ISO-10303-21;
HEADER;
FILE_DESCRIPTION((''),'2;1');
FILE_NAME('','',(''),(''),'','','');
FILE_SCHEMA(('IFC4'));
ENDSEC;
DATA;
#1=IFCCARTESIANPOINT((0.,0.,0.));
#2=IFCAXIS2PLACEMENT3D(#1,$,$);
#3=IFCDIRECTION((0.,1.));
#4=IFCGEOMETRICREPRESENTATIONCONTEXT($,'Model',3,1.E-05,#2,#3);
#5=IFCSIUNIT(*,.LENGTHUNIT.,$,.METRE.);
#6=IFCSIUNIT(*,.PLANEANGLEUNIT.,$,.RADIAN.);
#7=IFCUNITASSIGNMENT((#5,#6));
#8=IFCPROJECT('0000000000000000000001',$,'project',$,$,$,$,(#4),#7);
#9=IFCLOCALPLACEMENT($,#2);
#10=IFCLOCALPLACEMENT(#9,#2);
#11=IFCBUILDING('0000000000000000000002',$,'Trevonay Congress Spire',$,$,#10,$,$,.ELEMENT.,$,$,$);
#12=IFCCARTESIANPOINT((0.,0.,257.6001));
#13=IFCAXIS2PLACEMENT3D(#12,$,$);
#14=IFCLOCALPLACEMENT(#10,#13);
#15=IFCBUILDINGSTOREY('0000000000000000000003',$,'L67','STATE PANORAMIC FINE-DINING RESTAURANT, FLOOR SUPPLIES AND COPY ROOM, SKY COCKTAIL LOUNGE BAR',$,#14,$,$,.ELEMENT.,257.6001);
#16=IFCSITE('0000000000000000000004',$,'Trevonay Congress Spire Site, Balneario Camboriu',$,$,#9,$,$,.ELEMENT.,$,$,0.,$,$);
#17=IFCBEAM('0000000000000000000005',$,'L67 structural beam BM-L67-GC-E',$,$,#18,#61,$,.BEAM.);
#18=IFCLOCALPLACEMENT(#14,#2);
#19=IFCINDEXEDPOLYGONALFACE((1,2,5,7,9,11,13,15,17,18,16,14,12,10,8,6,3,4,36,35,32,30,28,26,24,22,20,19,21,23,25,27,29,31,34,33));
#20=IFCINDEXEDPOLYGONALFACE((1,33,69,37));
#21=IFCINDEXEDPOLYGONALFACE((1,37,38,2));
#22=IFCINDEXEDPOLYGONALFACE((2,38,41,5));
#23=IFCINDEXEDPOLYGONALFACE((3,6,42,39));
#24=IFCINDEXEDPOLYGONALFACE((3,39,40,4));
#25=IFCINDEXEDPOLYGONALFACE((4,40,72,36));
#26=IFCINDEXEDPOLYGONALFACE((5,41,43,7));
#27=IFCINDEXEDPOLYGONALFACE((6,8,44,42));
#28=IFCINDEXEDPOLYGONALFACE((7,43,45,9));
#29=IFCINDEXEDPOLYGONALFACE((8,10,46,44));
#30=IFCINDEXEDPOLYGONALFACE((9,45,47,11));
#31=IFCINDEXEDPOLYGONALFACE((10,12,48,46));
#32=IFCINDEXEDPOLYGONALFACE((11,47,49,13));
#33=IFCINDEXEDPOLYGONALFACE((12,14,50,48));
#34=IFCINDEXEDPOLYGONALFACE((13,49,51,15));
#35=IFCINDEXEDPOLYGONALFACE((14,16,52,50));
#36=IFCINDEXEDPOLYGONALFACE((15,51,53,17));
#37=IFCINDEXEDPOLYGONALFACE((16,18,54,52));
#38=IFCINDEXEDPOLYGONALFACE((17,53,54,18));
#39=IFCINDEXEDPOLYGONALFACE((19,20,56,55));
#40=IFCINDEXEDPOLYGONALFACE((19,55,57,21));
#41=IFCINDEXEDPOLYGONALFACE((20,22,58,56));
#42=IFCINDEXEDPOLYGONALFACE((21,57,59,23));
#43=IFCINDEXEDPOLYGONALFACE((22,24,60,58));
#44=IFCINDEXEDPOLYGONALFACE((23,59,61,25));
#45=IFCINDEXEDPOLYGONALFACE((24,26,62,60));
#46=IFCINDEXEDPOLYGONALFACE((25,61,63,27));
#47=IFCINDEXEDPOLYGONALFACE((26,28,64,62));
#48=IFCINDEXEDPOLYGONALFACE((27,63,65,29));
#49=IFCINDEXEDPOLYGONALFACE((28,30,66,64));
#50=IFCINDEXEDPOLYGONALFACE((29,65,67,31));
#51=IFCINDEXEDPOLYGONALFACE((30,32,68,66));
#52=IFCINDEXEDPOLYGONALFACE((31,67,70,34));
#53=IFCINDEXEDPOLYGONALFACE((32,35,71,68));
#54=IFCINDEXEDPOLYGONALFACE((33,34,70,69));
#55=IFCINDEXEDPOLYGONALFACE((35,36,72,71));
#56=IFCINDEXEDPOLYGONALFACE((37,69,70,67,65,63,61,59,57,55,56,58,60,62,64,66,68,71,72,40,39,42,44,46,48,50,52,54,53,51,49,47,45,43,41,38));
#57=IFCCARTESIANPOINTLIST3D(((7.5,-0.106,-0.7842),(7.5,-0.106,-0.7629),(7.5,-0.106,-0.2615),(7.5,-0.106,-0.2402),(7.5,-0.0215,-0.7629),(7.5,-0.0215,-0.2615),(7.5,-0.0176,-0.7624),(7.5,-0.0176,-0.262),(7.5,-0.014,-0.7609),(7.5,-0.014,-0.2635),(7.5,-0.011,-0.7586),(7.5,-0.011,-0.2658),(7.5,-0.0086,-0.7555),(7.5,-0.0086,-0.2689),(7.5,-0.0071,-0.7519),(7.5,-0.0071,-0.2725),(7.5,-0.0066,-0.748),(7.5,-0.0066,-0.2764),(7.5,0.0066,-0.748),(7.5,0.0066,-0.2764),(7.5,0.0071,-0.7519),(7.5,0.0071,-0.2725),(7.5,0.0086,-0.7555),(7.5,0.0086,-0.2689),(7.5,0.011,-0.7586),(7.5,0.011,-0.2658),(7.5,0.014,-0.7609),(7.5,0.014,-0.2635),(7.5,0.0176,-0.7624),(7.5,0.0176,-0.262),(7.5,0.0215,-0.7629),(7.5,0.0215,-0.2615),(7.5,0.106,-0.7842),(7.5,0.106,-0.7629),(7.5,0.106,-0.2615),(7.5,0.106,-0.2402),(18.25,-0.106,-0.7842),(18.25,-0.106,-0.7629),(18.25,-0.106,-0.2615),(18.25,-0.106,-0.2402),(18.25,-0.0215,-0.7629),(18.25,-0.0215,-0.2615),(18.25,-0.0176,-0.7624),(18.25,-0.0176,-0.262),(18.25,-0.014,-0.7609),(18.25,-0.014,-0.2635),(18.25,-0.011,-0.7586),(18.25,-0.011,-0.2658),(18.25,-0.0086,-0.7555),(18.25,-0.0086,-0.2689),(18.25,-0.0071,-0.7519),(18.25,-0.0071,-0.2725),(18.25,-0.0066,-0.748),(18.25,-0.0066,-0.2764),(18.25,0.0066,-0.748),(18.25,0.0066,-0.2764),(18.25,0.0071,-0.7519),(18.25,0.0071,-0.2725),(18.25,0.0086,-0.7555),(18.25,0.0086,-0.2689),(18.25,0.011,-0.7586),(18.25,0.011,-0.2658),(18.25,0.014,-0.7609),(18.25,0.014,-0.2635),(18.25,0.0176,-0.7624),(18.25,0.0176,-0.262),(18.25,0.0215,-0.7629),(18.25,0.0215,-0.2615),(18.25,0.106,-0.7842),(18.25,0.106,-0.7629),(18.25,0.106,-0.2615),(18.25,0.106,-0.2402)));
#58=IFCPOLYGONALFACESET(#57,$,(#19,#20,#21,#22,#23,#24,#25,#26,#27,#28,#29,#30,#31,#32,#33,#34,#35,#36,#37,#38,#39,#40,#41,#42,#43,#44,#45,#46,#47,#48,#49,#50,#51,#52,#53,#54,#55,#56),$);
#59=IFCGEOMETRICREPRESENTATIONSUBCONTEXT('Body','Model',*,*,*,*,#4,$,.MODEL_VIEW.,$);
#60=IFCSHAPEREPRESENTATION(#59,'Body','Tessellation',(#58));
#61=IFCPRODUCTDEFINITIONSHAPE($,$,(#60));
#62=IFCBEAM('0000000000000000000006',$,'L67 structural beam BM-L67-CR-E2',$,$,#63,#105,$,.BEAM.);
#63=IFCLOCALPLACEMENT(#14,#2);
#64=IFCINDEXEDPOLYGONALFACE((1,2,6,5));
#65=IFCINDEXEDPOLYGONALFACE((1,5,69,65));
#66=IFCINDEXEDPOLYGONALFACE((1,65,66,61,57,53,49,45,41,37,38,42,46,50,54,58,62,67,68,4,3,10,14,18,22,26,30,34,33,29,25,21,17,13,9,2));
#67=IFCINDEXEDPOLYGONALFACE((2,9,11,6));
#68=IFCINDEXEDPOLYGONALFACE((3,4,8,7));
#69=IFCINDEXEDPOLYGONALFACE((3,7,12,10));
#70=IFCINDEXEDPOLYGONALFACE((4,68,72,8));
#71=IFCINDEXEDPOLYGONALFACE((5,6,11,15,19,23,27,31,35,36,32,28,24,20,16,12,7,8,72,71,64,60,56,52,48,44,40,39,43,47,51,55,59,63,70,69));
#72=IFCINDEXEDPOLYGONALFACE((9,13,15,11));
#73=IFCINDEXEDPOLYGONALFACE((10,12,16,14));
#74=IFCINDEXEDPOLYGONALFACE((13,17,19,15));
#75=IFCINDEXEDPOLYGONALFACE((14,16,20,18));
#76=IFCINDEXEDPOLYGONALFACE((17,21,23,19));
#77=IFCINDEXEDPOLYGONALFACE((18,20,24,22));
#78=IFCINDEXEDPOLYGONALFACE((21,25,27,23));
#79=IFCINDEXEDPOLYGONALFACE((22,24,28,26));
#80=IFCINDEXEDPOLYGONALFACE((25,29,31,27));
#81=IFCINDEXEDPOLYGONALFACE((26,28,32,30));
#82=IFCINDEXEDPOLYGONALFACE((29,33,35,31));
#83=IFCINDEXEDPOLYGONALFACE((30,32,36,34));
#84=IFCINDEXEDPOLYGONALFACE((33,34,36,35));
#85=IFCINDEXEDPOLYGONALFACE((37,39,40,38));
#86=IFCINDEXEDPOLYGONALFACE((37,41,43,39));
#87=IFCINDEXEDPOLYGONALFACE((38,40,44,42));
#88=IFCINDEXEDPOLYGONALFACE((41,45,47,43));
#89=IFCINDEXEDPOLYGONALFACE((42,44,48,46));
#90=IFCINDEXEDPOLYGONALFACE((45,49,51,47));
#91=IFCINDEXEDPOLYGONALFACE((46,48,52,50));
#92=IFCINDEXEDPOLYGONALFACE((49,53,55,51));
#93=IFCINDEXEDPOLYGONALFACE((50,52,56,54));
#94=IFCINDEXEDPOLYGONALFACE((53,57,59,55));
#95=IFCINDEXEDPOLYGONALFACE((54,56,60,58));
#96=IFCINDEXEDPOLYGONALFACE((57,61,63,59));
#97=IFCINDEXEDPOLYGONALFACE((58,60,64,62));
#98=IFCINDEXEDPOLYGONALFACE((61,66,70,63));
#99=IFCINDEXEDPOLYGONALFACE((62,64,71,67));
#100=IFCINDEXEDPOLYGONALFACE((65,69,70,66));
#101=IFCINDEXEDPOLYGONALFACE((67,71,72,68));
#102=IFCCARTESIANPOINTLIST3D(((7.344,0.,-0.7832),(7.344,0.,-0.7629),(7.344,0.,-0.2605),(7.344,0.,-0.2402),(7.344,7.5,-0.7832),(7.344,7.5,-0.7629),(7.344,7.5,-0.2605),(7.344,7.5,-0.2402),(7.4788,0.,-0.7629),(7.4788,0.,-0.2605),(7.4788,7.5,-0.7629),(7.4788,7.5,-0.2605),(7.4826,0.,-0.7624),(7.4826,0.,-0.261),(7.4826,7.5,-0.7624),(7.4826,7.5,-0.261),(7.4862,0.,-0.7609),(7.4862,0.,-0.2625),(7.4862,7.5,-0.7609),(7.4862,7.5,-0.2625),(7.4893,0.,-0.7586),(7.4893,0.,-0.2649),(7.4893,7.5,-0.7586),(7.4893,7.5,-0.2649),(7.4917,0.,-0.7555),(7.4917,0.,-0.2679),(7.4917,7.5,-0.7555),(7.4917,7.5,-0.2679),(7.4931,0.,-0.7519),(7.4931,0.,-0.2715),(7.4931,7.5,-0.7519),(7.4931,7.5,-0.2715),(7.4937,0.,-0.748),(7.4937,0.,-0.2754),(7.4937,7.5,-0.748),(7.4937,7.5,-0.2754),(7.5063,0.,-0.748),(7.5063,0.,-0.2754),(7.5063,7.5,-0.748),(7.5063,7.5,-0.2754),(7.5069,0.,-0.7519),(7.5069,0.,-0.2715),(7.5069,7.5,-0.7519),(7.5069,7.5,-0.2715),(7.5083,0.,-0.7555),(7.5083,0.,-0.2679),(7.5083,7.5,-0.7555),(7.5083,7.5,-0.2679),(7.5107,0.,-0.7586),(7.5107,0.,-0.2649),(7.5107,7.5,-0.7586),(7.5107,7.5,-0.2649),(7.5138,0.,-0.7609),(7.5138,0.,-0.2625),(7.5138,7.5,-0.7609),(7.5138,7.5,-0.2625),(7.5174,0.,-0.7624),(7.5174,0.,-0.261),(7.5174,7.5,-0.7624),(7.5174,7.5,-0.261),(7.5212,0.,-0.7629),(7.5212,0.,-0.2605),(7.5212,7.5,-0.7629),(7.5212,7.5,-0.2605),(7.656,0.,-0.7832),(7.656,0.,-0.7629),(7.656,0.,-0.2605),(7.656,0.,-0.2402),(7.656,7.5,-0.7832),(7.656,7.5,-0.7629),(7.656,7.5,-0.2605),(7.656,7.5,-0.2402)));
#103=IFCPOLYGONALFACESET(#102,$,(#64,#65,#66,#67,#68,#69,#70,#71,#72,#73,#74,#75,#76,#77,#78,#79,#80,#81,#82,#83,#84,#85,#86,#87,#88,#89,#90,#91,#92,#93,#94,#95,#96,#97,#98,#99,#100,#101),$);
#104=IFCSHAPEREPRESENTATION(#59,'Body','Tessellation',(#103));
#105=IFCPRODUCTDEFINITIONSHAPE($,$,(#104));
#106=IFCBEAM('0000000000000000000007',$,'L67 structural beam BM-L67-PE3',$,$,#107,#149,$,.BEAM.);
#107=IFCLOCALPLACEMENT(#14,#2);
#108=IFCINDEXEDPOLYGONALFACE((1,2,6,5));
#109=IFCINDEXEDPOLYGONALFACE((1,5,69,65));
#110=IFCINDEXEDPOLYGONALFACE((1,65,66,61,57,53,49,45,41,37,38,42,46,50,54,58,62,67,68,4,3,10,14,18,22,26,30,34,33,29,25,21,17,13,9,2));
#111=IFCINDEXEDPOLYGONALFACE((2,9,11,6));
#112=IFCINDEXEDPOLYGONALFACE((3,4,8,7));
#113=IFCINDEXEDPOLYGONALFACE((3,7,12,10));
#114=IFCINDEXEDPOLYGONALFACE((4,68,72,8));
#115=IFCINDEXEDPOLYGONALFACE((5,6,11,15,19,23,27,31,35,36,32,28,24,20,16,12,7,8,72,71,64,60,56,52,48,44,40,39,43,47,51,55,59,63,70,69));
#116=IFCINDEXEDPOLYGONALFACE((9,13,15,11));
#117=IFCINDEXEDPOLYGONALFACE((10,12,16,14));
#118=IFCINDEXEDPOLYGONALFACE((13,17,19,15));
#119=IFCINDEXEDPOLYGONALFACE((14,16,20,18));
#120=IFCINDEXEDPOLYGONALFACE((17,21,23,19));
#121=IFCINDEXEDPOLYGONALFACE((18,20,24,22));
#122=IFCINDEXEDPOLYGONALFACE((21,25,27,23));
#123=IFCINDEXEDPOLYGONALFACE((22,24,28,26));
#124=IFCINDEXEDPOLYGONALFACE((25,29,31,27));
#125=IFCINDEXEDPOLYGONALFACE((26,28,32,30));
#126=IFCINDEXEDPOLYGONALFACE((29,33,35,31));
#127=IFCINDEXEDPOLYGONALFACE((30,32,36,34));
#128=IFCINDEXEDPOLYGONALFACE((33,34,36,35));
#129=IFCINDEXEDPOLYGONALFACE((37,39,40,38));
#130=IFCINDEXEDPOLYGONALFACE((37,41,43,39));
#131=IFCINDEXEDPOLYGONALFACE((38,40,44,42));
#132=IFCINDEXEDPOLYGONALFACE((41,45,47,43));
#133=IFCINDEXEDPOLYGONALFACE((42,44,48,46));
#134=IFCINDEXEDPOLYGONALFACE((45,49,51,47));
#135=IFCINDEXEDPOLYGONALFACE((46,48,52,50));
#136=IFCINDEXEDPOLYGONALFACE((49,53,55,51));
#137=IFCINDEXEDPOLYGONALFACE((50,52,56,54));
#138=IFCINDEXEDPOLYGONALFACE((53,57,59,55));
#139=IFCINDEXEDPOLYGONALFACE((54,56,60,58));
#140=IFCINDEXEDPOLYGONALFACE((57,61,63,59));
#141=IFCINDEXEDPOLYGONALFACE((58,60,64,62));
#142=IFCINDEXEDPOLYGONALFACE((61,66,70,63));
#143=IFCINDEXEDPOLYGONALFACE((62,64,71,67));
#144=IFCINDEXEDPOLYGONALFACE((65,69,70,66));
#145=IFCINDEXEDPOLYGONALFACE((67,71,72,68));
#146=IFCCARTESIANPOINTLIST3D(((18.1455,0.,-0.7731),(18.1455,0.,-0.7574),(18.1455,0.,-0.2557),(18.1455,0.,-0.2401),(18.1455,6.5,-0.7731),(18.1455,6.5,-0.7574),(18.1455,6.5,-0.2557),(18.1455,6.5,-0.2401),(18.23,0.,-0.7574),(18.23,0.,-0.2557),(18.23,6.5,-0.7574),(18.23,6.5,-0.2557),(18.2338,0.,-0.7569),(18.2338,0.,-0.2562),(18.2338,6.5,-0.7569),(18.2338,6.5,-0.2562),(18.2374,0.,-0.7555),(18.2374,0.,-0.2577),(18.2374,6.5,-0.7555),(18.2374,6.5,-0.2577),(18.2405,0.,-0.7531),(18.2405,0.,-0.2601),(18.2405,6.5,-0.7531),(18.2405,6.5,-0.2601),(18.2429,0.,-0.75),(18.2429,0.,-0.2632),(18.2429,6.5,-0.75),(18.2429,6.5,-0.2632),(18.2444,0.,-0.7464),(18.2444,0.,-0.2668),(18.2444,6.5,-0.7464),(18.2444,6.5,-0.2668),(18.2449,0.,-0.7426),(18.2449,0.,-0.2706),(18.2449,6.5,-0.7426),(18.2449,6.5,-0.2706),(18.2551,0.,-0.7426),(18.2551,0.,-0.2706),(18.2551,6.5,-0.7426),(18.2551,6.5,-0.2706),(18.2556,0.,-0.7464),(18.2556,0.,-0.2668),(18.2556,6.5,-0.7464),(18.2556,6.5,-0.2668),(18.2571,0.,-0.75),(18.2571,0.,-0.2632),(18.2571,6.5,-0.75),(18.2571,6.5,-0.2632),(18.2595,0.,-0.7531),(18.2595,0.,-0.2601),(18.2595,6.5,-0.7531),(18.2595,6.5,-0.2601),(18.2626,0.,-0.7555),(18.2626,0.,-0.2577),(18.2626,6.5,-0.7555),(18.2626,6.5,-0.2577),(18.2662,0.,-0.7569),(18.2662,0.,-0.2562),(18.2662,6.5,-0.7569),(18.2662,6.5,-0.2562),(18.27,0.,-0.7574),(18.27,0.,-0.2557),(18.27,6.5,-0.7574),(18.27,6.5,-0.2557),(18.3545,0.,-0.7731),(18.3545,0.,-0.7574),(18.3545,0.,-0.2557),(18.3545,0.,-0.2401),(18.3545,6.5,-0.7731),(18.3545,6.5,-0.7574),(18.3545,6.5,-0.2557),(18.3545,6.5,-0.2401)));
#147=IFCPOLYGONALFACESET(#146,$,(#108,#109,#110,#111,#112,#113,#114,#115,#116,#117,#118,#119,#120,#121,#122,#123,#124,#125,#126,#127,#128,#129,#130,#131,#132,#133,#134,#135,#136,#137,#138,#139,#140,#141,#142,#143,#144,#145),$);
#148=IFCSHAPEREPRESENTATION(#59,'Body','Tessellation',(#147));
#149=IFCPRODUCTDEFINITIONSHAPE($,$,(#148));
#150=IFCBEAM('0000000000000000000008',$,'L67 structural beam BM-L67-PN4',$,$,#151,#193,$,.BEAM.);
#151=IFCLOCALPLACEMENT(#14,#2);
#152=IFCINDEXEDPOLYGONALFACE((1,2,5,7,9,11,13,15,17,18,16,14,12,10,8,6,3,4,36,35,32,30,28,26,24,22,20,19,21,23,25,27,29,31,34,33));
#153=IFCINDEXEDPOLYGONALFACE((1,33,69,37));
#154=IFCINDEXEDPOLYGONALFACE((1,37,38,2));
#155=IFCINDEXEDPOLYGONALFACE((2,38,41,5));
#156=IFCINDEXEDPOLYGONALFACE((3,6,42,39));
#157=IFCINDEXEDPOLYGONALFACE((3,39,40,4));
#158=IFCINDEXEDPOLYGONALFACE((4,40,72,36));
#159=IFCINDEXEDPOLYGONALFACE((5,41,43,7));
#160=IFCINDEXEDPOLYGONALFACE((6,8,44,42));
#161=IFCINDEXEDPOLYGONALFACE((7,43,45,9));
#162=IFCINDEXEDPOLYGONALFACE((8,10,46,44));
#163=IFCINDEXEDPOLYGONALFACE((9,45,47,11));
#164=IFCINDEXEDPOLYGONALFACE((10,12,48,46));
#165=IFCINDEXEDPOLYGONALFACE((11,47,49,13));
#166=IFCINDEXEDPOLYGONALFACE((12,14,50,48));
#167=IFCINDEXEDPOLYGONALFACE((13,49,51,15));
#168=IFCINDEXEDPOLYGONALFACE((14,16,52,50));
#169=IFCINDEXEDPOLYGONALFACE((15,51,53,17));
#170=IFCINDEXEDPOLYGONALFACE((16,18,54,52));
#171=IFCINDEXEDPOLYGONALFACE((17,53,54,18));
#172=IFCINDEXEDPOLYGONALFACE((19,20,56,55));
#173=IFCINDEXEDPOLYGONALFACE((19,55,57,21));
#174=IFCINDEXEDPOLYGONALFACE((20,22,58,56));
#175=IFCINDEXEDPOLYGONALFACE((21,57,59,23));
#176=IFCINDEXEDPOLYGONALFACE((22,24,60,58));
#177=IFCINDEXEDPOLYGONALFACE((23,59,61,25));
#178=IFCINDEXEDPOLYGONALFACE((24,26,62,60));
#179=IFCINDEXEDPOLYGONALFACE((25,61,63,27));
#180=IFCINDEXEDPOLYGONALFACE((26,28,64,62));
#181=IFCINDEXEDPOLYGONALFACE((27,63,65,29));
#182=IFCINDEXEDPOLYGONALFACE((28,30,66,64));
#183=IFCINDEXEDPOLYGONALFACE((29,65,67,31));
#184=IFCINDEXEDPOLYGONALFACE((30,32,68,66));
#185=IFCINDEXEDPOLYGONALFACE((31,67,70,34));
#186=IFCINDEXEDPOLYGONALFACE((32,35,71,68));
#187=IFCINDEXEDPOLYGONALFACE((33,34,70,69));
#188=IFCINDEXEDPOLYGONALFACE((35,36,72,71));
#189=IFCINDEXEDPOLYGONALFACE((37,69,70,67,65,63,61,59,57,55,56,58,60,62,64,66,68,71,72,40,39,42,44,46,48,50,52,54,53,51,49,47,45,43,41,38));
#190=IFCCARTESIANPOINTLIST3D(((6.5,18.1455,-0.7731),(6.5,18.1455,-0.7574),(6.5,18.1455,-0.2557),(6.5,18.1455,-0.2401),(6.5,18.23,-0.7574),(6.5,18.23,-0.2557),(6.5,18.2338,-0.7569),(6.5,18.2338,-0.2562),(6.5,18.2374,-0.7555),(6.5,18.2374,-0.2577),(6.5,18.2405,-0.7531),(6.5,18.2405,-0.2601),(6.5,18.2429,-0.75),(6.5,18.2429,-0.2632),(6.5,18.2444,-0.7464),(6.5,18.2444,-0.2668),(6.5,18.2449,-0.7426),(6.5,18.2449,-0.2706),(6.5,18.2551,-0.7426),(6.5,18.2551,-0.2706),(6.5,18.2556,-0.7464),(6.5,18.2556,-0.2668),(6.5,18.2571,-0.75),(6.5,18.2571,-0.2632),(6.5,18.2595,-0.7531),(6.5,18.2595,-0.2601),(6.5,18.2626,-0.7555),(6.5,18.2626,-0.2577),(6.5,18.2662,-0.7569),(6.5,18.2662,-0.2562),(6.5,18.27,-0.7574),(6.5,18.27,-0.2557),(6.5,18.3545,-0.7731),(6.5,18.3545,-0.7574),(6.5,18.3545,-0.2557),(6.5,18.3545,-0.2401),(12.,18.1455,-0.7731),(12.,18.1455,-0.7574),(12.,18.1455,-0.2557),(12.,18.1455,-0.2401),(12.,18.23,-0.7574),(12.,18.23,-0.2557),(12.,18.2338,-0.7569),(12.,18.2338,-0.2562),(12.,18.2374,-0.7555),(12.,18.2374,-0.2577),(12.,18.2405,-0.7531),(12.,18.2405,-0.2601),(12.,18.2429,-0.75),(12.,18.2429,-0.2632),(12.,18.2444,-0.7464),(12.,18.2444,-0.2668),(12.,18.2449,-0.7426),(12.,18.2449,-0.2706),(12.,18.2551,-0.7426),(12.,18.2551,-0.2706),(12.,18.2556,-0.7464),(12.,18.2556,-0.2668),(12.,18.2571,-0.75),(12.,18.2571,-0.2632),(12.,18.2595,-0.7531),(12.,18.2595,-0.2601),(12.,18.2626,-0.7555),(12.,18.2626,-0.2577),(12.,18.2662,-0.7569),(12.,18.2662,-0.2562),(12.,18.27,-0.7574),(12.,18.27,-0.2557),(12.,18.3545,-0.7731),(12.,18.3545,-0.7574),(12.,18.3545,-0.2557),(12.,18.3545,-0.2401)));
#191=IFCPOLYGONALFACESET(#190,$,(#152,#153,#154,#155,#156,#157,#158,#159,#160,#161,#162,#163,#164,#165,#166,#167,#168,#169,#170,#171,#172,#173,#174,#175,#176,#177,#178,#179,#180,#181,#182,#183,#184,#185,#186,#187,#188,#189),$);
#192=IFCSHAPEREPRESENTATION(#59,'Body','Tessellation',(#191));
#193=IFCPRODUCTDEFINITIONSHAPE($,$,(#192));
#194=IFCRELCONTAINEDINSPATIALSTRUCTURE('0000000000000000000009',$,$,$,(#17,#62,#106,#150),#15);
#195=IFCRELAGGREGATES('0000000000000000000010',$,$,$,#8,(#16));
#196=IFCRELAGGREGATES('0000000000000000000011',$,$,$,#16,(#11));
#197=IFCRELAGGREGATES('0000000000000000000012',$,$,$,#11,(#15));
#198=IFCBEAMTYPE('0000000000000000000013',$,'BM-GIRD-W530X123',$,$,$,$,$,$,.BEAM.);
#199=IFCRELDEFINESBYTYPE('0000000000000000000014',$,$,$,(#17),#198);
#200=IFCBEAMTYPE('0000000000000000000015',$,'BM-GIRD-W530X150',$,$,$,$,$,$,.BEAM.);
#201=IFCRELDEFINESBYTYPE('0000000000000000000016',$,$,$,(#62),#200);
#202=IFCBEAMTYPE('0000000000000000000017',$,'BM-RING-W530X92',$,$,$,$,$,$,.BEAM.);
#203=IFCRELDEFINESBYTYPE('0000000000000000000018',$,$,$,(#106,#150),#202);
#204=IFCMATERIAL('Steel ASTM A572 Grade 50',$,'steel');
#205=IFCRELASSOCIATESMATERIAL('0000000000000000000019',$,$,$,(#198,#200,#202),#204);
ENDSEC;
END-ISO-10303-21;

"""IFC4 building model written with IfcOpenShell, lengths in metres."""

from ifc_helpers import new_model, si_unit, direction, frame, origin, origin_2d, place, context, subcontext, project, spatial, i_section, extrude, material, material_profile, profile_set, type_object, element, save


model = new_model("IFC4")

# Units and contexts
model_context = context("Model", 3, precision=1e-05, world=origin(), true_north=direction((0.0, 1.0)))
body_context = subcontext(model_context, "Body", "Model", "MODEL_VIEW")
ifc_project = project(units=[si_unit("LENGTHUNIT", "METRE"), si_unit("PLANEANGLEUNIT", "RADIAN")], contexts=[model_context])

# Site, building, storey
site_placement = place(None, origin())
site = spatial("IfcSite", under=ifc_project, at=site_placement, Name="Trevonay Congress Spire Site, Balneario Camboriu", CompositionType="ELEMENT", RefElevation=0.0)
building_placement = place(site_placement, origin())
building = spatial("IfcBuilding", under=site, at=building_placement, Name="Trevonay Congress Spire", CompositionType="ELEMENT")
storey_placement = place(building_placement, frame((0.0, 0.0, 257.6001)))
storey = spatial("IfcBuildingStorey", under=building, at=storey_placement, Name="L67", Description="STATE PANORAMIC FINE-DINING RESTAURANT, FLOOR SUPPLIES AND COPY ROOM, SKY COCKTAIL LOUNGE BAR", CompositionType="ELEMENT", Elevation=257.6001)

# Shared definitions
ifc_material_1 = material(Name="Steel ASTM A572 Grade 50", Category="steel")

# Beams
ifc_material_profile_1 = material_profile(ifc_material_1, i_section(OverallWidth=0.2119, OverallDepth=0.5439, WebThickness=0.0132, FlangeThickness=0.0212, FilletRadius=0.0149, at=origin_2d()), Name="W530x123")
ifc_profile_set_1 = profile_set([ifc_material_profile_1], Name="Steel ASTM A572 Grade 50")
beam_type_1 = type_object("IfcBeamType", Name="BM-GIRD-W530X123", PredefinedType="BEAM", material=ifc_profile_set_1)
beam_1_placement = place(storey_placement, frame((7.5, 0.0, -0.5122), z_axis=(1.0, 0.0, 0.0), x_axis=(0.0, 1.0, 0.0)))
element("IfcBeam", 1, at=beam_1_placement, inside=storey, type_object=beam_type_1, Name="L67 structural beam BM-L67-GC-E", PredefinedType="BEAM", context=body_context, shape_type="SweptSolid", body=[
    extrude(i_section(OverallWidth=0.2119, OverallDepth=0.5439, WebThickness=0.0132, FlangeThickness=0.0212, FilletRadius=0.0149, at=origin_2d()), origin(), (0.0, 0.0, 1.0), 10.75),
])
ifc_material_profile_2 = material_profile(ifc_material_1, i_section(OverallWidth=0.312, OverallDepth=0.543, WebThickness=0.0127, FlangeThickness=0.0203, FilletRadius=0.0149, at=origin_2d()), Name="W530x150")
ifc_profile_set_2 = profile_set([ifc_material_profile_2], Name="Steel ASTM A572 Grade 50")
beam_type_2 = type_object("IfcBeamType", Name="BM-GIRD-W530X150", PredefinedType="BEAM", material=ifc_profile_set_2)
beam_2_placement = place(storey_placement, frame((7.5, 0.0, -0.5117), z_axis=(0.0, 1.0, 0.0), x_axis=(-1.0, 0.0, 0.0)))
element("IfcBeam", 2, at=beam_2_placement, inside=storey, type_object=beam_type_2, Name="L67 structural beam BM-L67-CR-E2", PredefinedType="BEAM", context=body_context, shape_type="SweptSolid", body=[
    extrude(i_section(OverallWidth=0.312, OverallDepth=0.543, WebThickness=0.0127, FlangeThickness=0.0203, FilletRadius=0.0149, at=origin_2d()), origin(), (0.0, 0.0, 1.0), 7.5),
])
ifc_material_profile_3 = material_profile(ifc_material_1, i_section(OverallWidth=0.209, OverallDepth=0.533, WebThickness=0.0103, FlangeThickness=0.0156, FilletRadius=0.0149, at=origin_2d()), Name="W530x92")
ifc_profile_set_3 = profile_set([ifc_material_profile_3], Name="Steel ASTM A572 Grade 50")
beam_type_3 = type_object("IfcBeamType", Name="BM-RING-W530X92", PredefinedType="BEAM", material=ifc_profile_set_3)
beam_3_placement = place(storey_placement, frame((18.25, 0.0, -0.5066), z_axis=(0.0, 1.0, 0.0), x_axis=(-1.0, 0.0, 0.0)))
element("IfcBeam", 3, at=beam_3_placement, inside=storey, type_object=beam_type_3, Name="L67 structural beam BM-L67-PE3", PredefinedType="BEAM", context=body_context, shape_type="SweptSolid", body=[
    extrude(i_section(OverallWidth=0.209, OverallDepth=0.533, WebThickness=0.0103, FlangeThickness=0.0156, FilletRadius=0.0149, at=origin_2d()), origin(), (0.0, 0.0, 1.0), 6.5),
])
for number, where, z_axis, x_axis, name in (
    (4, (6.5, 18.25, -0.5066), (1.0, 0.0, 0.0), (0.0, 1.0, 0.0), "L67 structural beam BM-L67-PN4"),
):
    element("IfcBeam", number, at=place(storey_placement, frame(where, z_axis=z_axis, x_axis=x_axis)), inside=storey, type_object=beam_type_3, Name=name, PredefinedType="BEAM", context=body_context, shape_type="SweptSolid", body=[
        extrude(i_section(OverallWidth=0.209, OverallDepth=0.533, WebThickness=0.0103, FlangeThickness=0.0156, FilletRadius=0.0149, at=origin_2d()), origin(), (0.0, 0.0, 1.0), 5.5),
    ])

save(model, "model.ifc")
